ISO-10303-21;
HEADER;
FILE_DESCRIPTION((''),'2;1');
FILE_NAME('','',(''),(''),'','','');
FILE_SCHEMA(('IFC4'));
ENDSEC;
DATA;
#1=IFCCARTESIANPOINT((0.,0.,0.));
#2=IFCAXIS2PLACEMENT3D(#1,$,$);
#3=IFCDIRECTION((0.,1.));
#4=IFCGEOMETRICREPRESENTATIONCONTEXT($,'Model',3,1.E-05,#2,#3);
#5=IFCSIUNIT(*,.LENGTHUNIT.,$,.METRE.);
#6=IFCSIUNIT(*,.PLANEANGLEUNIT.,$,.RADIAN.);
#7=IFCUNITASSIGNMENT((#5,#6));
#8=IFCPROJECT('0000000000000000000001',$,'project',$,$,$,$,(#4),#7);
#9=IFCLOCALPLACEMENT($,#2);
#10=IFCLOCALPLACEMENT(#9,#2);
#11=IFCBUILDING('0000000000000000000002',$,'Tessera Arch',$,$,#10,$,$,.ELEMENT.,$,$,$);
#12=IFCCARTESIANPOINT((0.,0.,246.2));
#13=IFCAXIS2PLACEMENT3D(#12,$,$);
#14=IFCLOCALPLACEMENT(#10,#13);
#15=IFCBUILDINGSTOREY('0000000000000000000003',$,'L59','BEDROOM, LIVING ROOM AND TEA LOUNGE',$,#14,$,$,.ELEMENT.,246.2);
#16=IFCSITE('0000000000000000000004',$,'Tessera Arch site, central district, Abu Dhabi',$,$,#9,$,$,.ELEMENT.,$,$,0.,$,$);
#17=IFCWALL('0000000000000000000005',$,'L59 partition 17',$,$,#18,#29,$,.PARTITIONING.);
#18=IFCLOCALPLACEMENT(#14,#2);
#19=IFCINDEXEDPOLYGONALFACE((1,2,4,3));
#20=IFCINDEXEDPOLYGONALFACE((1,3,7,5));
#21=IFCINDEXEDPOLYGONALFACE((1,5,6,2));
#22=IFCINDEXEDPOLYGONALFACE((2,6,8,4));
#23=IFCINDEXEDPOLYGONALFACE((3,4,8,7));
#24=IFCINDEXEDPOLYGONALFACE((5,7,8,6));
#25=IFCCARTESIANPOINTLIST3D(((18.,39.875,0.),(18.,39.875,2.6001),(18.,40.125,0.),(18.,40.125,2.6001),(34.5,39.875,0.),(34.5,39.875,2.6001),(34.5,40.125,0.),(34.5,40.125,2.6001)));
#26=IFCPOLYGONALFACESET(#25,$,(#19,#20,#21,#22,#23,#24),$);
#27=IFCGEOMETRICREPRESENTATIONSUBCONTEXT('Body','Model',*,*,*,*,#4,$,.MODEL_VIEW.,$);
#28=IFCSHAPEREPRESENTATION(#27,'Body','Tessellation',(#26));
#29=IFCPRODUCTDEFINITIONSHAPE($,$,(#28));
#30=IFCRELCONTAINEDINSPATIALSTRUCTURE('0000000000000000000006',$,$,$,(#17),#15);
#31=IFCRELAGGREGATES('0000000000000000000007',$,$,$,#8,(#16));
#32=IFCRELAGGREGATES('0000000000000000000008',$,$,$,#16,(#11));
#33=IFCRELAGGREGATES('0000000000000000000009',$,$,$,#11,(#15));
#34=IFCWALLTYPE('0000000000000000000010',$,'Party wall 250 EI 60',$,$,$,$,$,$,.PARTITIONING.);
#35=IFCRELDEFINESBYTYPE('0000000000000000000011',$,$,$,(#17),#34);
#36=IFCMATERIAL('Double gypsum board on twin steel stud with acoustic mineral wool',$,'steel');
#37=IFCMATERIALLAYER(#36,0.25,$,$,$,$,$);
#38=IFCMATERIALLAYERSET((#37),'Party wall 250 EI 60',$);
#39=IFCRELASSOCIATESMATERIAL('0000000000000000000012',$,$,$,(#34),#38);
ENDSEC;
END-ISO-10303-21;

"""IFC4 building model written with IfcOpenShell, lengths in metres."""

from ifc_helpers import new_model, si_unit, direction, frame, frame_2d, origin, place, context, subcontext, project, spatial, rectangle, extrude, material, layer, layer_set, type_object, element, save


model = new_model("IFC4")

# Units and contexts
model_context = context("Model", 3, precision=1e-05, world=origin(), true_north=direction((0.0, 1.0)))
body_context = subcontext(model_context, "Body", "Model", "MODEL_VIEW")
ifc_project = project(units=[si_unit("LENGTHUNIT", "METRE"), si_unit("PLANEANGLEUNIT", "RADIAN")], contexts=[model_context])

# Site, building, storey
site_placement = place(None, origin())
site = spatial("IfcSite", under=ifc_project, at=site_placement, Name="Tessera Arch site, central district, Abu Dhabi", CompositionType="ELEMENT", RefElevation=0.0)
building_placement = place(site_placement, origin())
building = spatial("IfcBuilding", under=site, at=building_placement, Name="Tessera Arch", CompositionType="ELEMENT")
storey_placement = place(building_placement, frame((0.0, 0.0, 246.2)))
storey = spatial("IfcBuildingStorey", under=building, at=storey_placement, Name="L59", Description="BEDROOM, LIVING ROOM AND TEA LOUNGE", CompositionType="ELEMENT", Elevation=246.2)

# Wall
ifc_material_1 = material(Name="Double gypsum board on twin steel stud with acoustic mineral wool", Category="steel")
ifc_layer_1 = layer(ifc_material_1, 0.25)
ifc_layer_set_1 = layer_set([ifc_layer_1], Name="Party wall 250 EI 60")
wall_type_1 = type_object("IfcWallType", Name="Party wall 250 EI 60", PredefinedType="PARTITIONING", material=ifc_layer_set_1)
wall_1_placement = place(storey_placement, frame((18.0, 40.0, 0.0), z_axis=(0.0, 0.0, 1.0), x_axis=(1.0, 0.0, 0.0)))
element("IfcWall", 1, at=wall_1_placement, inside=storey, type_object=wall_type_1, Name="L59 partition 17", PredefinedType="PARTITIONING", context=body_context, shape_type="SweptSolid", body=[
    extrude(rectangle(XDim=16.5, YDim=0.25, at=frame_2d((8.25, 0.0))), origin(), (0.0, 0.0, 1.0), 2.6001),
])

save(model, "model.ifc")
